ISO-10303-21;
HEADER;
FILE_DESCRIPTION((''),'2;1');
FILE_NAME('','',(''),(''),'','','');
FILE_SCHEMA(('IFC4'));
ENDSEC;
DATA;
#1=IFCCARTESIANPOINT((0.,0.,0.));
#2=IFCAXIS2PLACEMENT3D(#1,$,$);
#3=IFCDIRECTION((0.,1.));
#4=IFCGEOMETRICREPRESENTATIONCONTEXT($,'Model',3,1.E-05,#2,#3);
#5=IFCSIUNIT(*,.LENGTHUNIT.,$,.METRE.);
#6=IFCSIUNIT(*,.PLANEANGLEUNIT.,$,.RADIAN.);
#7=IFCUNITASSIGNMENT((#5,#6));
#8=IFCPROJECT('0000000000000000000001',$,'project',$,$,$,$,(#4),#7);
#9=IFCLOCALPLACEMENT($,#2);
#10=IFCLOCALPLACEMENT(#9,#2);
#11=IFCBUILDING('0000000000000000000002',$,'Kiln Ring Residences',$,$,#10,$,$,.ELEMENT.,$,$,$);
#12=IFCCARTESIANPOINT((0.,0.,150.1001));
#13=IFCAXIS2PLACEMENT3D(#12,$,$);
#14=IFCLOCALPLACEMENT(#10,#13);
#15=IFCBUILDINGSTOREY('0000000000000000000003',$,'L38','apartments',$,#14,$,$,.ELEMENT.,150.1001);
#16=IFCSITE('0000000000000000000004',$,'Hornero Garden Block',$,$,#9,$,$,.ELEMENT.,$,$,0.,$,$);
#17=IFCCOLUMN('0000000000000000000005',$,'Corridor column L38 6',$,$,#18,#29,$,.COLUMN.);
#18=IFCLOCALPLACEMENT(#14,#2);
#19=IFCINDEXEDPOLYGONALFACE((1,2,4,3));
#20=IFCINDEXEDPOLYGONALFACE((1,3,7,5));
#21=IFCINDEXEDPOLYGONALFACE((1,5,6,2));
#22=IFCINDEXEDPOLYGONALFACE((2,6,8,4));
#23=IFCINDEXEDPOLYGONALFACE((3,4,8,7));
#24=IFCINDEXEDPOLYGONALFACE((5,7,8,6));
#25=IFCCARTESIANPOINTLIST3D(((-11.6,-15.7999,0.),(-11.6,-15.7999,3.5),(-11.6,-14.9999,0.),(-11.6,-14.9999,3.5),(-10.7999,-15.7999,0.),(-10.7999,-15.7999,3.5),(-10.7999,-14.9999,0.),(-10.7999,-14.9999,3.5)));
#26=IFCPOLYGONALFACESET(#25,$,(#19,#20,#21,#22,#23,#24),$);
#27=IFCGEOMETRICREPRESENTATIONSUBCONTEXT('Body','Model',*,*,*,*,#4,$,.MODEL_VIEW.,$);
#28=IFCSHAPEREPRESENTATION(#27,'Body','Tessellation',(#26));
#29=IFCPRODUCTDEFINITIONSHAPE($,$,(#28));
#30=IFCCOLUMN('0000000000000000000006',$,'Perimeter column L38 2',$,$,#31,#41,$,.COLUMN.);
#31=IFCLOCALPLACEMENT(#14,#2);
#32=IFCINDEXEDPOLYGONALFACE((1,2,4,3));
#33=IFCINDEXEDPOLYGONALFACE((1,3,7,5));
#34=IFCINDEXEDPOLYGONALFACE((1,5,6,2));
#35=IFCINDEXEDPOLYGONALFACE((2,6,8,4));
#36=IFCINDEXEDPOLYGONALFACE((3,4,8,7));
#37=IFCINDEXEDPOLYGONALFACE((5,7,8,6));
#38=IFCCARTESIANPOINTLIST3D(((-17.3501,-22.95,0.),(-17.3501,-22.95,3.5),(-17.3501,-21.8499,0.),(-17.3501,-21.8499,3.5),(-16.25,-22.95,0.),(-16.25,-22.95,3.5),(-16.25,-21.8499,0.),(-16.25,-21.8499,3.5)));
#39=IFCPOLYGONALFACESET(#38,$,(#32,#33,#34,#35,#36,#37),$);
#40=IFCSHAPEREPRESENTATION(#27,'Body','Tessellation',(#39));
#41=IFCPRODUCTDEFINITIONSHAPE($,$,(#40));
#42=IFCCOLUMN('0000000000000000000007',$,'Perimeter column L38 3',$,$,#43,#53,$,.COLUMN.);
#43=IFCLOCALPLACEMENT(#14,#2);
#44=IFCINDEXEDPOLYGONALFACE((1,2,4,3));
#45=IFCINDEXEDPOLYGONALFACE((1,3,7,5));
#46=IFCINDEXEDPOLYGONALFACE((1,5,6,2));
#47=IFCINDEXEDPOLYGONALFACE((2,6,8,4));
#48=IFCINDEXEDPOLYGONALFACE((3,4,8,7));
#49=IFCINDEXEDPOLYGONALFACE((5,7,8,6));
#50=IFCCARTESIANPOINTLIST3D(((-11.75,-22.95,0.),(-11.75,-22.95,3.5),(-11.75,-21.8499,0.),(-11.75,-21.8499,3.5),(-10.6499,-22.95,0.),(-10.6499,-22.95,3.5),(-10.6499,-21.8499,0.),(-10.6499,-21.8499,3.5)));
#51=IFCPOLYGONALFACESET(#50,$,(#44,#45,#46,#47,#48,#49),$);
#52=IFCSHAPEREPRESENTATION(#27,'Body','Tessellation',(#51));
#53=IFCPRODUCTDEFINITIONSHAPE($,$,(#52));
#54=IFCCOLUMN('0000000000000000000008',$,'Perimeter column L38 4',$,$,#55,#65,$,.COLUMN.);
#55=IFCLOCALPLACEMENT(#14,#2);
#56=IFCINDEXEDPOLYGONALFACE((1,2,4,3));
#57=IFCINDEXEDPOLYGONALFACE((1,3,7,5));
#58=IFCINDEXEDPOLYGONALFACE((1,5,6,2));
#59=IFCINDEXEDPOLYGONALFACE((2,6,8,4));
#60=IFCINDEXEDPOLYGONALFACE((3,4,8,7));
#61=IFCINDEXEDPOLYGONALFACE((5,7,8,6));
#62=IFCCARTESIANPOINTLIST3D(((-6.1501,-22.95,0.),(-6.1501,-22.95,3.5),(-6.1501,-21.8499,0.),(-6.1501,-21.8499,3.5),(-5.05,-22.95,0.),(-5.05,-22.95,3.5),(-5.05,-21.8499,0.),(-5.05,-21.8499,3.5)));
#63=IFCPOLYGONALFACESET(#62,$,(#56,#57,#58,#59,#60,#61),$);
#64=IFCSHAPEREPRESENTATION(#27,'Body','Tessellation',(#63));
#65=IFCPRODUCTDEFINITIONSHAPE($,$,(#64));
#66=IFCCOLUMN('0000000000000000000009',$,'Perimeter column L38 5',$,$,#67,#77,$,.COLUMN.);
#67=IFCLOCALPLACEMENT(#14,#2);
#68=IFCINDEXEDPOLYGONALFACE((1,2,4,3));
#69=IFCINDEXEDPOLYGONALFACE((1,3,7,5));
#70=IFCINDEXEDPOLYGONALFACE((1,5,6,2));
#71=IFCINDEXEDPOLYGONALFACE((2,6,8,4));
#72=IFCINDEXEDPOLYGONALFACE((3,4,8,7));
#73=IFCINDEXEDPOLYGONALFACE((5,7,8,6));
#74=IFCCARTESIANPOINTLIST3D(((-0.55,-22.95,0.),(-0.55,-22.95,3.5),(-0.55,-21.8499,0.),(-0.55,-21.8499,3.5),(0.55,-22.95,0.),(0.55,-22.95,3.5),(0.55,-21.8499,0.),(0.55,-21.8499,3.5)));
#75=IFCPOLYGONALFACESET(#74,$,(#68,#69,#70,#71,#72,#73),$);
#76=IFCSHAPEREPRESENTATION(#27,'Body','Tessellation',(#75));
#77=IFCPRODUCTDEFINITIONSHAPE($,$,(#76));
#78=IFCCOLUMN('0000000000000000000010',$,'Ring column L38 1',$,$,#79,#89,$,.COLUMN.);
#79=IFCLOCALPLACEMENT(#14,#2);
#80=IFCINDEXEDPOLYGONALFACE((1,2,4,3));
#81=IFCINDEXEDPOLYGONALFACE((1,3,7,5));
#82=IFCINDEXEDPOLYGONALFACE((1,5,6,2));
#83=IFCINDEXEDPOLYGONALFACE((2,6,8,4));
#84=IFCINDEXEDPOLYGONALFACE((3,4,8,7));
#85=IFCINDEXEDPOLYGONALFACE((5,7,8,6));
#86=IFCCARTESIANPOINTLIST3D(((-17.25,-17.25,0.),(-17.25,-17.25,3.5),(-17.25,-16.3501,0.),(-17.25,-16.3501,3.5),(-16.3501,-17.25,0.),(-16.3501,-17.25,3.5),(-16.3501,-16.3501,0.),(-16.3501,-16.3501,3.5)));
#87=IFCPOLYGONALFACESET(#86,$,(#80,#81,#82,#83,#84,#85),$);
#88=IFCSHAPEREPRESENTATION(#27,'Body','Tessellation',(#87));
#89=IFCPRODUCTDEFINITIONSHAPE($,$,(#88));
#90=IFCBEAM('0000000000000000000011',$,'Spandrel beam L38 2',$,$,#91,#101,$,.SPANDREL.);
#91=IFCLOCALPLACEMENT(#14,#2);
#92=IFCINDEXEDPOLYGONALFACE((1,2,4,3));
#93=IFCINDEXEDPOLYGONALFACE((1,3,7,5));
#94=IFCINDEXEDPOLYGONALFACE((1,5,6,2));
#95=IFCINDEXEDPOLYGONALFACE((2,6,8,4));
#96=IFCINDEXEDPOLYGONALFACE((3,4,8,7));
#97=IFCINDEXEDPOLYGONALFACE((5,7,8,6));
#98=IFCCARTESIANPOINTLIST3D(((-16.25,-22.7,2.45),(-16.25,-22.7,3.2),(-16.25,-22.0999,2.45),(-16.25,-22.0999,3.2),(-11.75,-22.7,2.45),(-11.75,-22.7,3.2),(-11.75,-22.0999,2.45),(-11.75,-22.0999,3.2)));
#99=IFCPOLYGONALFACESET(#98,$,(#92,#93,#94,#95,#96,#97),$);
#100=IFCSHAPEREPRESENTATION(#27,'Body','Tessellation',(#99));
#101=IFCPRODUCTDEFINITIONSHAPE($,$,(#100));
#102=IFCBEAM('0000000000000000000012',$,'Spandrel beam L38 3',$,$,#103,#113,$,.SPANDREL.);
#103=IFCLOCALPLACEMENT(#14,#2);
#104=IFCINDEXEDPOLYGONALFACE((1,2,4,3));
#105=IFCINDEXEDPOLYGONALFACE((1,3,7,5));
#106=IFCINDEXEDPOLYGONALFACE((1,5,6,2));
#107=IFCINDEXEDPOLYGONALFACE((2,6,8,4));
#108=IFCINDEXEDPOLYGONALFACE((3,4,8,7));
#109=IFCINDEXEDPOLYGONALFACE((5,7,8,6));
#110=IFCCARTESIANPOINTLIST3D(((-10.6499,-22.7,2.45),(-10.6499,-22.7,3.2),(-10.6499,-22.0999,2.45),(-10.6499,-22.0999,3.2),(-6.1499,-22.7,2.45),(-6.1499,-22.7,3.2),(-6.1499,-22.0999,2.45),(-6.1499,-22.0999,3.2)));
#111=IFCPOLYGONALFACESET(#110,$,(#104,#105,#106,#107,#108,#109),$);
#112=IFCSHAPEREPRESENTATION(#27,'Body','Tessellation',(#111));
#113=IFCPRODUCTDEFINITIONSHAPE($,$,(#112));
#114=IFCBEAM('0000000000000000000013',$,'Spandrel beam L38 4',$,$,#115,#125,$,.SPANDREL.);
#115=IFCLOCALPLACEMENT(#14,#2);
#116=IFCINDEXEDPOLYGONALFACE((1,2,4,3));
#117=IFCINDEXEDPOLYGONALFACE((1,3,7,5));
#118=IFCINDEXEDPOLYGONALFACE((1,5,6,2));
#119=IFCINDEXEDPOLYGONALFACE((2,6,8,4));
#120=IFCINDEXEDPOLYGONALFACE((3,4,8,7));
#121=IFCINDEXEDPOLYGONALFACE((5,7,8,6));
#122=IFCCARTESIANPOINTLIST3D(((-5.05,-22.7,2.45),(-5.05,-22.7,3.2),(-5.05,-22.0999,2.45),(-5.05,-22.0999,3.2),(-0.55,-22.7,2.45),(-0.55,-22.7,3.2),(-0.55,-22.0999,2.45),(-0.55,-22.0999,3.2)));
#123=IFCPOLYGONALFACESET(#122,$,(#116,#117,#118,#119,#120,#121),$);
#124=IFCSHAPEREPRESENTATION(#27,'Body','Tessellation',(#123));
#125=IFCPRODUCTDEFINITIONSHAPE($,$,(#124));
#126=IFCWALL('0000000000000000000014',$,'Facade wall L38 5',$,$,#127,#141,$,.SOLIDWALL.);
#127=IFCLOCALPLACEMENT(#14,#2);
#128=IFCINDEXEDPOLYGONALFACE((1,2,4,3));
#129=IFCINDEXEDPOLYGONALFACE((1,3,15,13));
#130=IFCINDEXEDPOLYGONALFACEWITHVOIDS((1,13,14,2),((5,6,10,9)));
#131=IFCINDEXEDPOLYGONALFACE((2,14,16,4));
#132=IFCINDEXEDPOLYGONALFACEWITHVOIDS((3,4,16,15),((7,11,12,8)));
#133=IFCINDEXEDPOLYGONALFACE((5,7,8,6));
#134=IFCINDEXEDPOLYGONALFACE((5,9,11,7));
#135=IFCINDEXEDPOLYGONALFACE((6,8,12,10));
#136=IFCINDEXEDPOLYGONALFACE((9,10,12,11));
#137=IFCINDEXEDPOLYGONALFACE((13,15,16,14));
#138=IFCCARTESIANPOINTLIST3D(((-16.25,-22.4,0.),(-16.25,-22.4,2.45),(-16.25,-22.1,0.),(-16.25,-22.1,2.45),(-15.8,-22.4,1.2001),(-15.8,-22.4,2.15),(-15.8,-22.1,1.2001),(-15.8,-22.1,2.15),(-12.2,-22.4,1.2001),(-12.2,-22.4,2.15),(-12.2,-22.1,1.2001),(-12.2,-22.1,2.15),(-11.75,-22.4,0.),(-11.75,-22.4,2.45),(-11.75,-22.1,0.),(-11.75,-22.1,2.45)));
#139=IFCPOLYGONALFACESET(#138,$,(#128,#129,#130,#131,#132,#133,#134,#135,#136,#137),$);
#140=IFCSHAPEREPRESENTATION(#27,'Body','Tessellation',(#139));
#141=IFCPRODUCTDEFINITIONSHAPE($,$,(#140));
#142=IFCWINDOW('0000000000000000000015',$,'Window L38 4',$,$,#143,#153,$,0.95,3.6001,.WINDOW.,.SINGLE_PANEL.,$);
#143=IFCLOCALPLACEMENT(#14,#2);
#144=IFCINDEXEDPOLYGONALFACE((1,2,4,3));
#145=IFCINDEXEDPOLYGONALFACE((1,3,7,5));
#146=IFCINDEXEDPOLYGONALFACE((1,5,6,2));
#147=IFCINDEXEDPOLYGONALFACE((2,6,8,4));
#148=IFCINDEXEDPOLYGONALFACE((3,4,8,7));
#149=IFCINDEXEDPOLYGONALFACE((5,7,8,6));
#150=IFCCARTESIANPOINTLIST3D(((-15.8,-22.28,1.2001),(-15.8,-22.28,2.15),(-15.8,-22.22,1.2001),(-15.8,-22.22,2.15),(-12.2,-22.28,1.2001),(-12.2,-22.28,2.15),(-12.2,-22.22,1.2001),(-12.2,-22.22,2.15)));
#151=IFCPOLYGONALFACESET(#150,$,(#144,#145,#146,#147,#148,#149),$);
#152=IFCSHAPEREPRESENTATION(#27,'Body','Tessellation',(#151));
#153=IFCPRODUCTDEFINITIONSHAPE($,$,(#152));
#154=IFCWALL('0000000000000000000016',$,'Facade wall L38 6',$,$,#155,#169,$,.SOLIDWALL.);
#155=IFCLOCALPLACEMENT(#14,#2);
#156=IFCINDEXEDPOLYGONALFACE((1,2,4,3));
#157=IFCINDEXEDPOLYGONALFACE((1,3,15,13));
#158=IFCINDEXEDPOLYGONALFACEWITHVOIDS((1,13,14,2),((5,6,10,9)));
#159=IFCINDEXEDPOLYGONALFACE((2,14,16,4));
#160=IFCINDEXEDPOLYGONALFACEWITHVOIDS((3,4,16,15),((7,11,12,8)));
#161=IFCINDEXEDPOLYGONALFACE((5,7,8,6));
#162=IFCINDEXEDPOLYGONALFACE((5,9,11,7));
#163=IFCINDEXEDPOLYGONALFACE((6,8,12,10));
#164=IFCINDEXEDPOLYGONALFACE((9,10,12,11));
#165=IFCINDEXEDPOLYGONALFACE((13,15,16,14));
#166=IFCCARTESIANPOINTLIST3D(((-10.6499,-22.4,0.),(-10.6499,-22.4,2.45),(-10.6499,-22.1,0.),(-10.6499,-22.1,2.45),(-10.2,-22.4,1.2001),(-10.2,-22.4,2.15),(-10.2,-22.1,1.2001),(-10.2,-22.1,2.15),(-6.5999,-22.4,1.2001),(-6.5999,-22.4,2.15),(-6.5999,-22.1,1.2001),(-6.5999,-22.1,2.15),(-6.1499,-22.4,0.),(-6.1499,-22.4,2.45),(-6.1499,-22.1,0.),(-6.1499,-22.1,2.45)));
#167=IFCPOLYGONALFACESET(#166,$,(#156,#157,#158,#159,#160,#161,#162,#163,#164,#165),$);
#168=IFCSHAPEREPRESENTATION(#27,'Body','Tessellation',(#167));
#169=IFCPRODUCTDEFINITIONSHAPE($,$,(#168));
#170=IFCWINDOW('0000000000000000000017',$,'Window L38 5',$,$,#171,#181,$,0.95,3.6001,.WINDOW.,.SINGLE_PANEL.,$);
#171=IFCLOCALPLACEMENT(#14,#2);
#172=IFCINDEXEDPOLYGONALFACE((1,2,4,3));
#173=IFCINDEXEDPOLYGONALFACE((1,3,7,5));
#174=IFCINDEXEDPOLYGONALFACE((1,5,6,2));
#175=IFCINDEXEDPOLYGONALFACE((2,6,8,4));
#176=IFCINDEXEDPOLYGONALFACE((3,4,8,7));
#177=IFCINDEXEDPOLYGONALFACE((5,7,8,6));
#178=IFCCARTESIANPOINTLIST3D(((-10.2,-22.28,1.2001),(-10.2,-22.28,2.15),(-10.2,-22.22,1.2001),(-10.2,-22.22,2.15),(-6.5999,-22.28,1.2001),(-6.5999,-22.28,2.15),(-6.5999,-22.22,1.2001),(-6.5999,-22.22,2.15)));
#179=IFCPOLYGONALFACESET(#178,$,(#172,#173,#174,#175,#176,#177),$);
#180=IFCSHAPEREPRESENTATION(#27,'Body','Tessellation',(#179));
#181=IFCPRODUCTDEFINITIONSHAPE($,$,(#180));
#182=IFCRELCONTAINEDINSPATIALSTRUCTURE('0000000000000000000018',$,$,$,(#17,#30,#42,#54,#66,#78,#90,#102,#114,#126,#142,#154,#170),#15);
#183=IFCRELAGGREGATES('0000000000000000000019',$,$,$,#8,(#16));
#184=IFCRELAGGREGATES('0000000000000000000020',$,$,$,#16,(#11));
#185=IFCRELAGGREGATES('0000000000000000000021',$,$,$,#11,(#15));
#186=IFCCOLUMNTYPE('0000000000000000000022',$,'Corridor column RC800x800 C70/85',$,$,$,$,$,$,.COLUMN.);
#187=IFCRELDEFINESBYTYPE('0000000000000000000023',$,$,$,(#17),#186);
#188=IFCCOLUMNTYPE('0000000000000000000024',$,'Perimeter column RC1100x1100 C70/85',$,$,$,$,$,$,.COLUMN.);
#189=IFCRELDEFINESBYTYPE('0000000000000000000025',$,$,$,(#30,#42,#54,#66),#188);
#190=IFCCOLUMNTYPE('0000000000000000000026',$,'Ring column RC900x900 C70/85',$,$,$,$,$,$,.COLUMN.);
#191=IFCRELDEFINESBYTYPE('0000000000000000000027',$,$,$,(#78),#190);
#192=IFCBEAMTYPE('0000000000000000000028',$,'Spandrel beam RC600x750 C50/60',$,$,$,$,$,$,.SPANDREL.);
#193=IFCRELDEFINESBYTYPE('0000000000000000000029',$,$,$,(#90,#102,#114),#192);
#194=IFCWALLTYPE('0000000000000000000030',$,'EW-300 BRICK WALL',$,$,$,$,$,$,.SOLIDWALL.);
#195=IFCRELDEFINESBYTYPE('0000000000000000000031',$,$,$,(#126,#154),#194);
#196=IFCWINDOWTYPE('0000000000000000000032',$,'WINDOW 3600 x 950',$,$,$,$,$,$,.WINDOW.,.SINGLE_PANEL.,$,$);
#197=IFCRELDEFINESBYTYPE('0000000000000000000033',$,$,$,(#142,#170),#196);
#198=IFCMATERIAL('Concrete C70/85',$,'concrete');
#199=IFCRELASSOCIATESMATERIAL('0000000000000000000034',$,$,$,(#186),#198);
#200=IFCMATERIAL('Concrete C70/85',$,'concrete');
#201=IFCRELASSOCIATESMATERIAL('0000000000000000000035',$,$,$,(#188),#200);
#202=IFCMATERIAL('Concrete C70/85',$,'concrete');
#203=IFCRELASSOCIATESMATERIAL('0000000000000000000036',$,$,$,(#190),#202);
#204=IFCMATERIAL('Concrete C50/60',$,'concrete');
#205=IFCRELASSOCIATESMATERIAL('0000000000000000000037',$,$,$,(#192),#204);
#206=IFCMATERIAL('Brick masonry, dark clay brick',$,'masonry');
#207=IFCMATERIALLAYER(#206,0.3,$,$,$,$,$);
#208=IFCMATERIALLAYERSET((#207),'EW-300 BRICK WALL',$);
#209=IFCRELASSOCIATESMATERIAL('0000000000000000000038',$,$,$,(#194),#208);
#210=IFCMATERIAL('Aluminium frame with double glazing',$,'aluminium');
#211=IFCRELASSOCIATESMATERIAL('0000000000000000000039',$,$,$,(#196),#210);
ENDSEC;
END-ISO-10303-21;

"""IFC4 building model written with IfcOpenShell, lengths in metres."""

from ifc_helpers import new_model, si_unit, direction, frame, frame_2d, origin, origin_2d, place, context, subcontext, project, spatial, rectangle, extrude, material, layer, layer_set, material_profile, profile_set, type_object, element, fill, save


model = new_model("IFC4")

# Units and contexts
model_context = context("Model", 3, precision=1e-05, world=origin(), true_north=direction((0.0, 1.0)))
body_context = subcontext(model_context, "Body", "Model", "MODEL_VIEW")
ifc_project = project(units=[si_unit("LENGTHUNIT", "METRE"), si_unit("PLANEANGLEUNIT", "RADIAN")], contexts=[model_context])

# Site, building, storey
site_placement = place(None, origin())
site = spatial("IfcSite", under=ifc_project, at=site_placement, Name="Hornero Garden Block", CompositionType="ELEMENT", RefElevation=0.0)
building_placement = place(site_placement, origin())
building = spatial("IfcBuilding", under=site, at=building_placement, Name="Kiln Ring Residences", CompositionType="ELEMENT")
storey_placement = place(building_placement, frame((0.0, 0.0, 150.1001)))
storey = spatial("IfcBuildingStorey", under=building, at=storey_placement, Name="L38", Description="apartments", CompositionType="ELEMENT", Elevation=150.1001)

# Columns
ifc_material_1 = material(Name="Concrete C70/85", Category="concrete")
ifc_material_profile_1 = material_profile(ifc_material_1, rectangle(XDim=0.8, YDim=0.8, at=origin_2d()), Name="RC800x800")
ifc_profile_set_1 = profile_set([ifc_material_profile_1], Name="Concrete C70/85")
column_type_1 = type_object("IfcColumnType", Name="Corridor column RC800x800 C70/85", PredefinedType="COLUMN", material=ifc_profile_set_1)
column_1_placement = place(storey_placement, frame((-11.2, -15.3999, 0.0), z_axis=(0.0, 0.0, 1.0), x_axis=(1.0, 0.0, 0.0)))
element("IfcColumn", 1, at=column_1_placement, inside=storey, type_object=column_type_1, Name="Corridor column L38 6", PredefinedType="COLUMN", context=body_context, shape_type="SweptSolid", body=[
    extrude(rectangle(XDim=0.8, YDim=0.8, at=origin_2d()), origin(), (0.0, 0.0, 1.0), 3.5),
])
ifc_material_2 = material(Name="Concrete C70/85", Category="concrete")
ifc_material_profile_2 = material_profile(ifc_material_2, rectangle(XDim=1.1001, YDim=1.1001, at=origin_2d()), Name="RC1100x1100")
ifc_profile_set_2 = profile_set([ifc_material_profile_2], Name="Concrete C70/85")
column_type_2 = type_object("IfcColumnType", Name="Perimeter column RC1100x1100 C70/85", PredefinedType="COLUMN", material=ifc_profile_set_2)
for number, where, z_axis, x_axis, name in (
    (2, (-16.8, -22.3999, 0.0), (0.0, 0.0, 1.0), (1.0, 0.0, 0.0), "Perimeter column L38 2"),
    (3, (-11.2, -22.3999, 0.0), (0.0, 0.0, 1.0), (1.0, 0.0, 0.0), "Perimeter column L38 3"),
    (4, (-5.6001, -22.3999, 0.0), (0.0, 0.0, 1.0), (1.0, 0.0, 0.0), "Perimeter column L38 4"),
    (5, (0.0, -22.3999, 0.0), (0.0, 0.0, 1.0), (1.0, 0.0, 0.0), "Perimeter column L38 5"),
):
    element("IfcColumn", number, at=place(storey_placement, frame(where, z_axis=z_axis, x_axis=x_axis)), inside=storey, type_object=column_type_2, Name=name, PredefinedType="COLUMN", context=body_context, shape_type="SweptSolid", body=[
        extrude(rectangle(XDim=1.1001, YDim=1.1001, at=origin_2d()), origin(), (0.0, 0.0, 1.0), 3.5),
    ])
ifc_material_3 = material(Name="Concrete C70/85", Category="concrete")
ifc_material_profile_3 = material_profile(ifc_material_3, rectangle(XDim=0.8999, YDim=0.8999, at=origin_2d()), Name="RC900x900")
ifc_profile_set_3 = profile_set([ifc_material_profile_3], Name="Concrete C70/85")
column_type_3 = type_object("IfcColumnType", Name="Ring column RC900x900 C70/85", PredefinedType="COLUMN", material=ifc_profile_set_3)
column_2_placement = place(storey_placement, frame((-16.8, -16.8, 0.0), z_axis=(0.0, 0.0, 1.0), x_axis=(1.0, 0.0, 0.0)))
element("IfcColumn", 6, at=column_2_placement, inside=storey, type_object=column_type_3, Name="Ring column L38 1", PredefinedType="COLUMN", context=body_context, shape_type="SweptSolid", body=[
    extrude(rectangle(XDim=0.8999, YDim=0.8999, at=origin_2d()), origin(), (0.0, 0.0, 1.0), 3.5),
])

# Beams
ifc_material_4 = material(Name="Concrete C50/60", Category="concrete")
ifc_material_profile_4 = material_profile(ifc_material_4, rectangle(XDim=0.6001, YDim=0.75, at=origin_2d()), Name="RC600x750")
ifc_profile_set_4 = profile_set([ifc_material_profile_4], Name="Concrete C50/60")
beam_type = type_object("IfcBeamType", Name="Spandrel beam RC600x750 C50/60", PredefinedType="SPANDREL", material=ifc_profile_set_4)
for number, where, z_axis, x_axis, name in (
    (7, (-16.25, -22.3999, 2.825), (1.0, 0.0, 0.0), (0.0, 1.0, 0.0), "Spandrel beam L38 2"),
    (8, (-10.6499, -22.3999, 2.825), (1.0, 0.0, 0.0), (0.0, 1.0, 0.0), "Spandrel beam L38 3"),
    (9, (-5.05, -22.3999, 2.825), (1.0, 0.0, 0.0), (0.0, 1.0, 0.0), "Spandrel beam L38 4"),
):
    element("IfcBeam", number, at=place(storey_placement, frame(where, z_axis=z_axis, x_axis=x_axis)), inside=storey, type_object=beam_type, Name=name, PredefinedType="SPANDREL", context=body_context, shape_type="SweptSolid", body=[
        extrude(rectangle(XDim=0.6001, YDim=0.75, at=origin_2d()), origin(), (0.0, 0.0, 1.0), 4.5),
    ])

# Walls, openings, windows
ifc_material_5 = material(Name="Brick masonry, dark clay brick", Category="masonry")
ifc_layer_1 = layer(ifc_material_5, 0.3)
ifc_layer_set_1 = layer_set([ifc_layer_1], Name="EW-300 BRICK WALL")
wall_type_1 = type_object("IfcWallType", Name="EW-300 BRICK WALL", PredefinedType="SOLIDWALL", material=ifc_layer_set_1)
wall_1_placement = place(storey_placement, frame((-16.25, -22.25, 0.0), z_axis=(0.0, 0.0, 1.0), x_axis=(1.0, 0.0, 0.0)))
wall_1 = element("IfcWall", 10, at=wall_1_placement, inside=storey, type_object=wall_type_1, Name="Facade wall L38 5", PredefinedType="SOLIDWALL", context=body_context, shape_type="SweptSolid", body=[
    extrude(rectangle(XDim=4.5, YDim=0.3, at=frame_2d((2.25, 0.0))), origin(), (0.0, 0.0, 1.0), 2.45),
])
opening_1_placement = place(wall_1_placement, frame((0.45, 0.0, 1.2)))
opening_1 = element("IfcOpeningElement", 11, at=opening_1_placement, cuts=wall_1, PredefinedType="OPENING", context=body_context, shape_type="SweptSolid", body=[
    extrude(rectangle(XDim=3.6001, YDim=0.95, at=frame_2d((1.8, 0.4751))), frame((0.0, 0.1599, 0.0), z_axis=(0.0, -1.0, 0.0), x_axis=(1.0, 0.0, 0.0)), (0.0, 0.0, 1.0), 0.3201),
])
ifc_material_6 = material(Name="Aluminium frame with double glazing", Category="aluminium")
window_type = type_object("IfcWindowType", Name="WINDOW 3600 x 950", PartitioningType="SINGLE_PANEL", PredefinedType="WINDOW", material=ifc_material_6)
window_1_placement = place(opening_1_placement, origin())
window_1 = element("IfcWindow", 12, at=window_1_placement, inside=storey, type_object=window_type, Name="Window L38 4", OverallHeight=0.95, OverallWidth=3.6001, PartitioningType="SINGLE_PANEL", PredefinedType="WINDOW", context=body_context, shape_type="SweptSolid", body=[
    extrude(rectangle(XDim=3.6001, YDim=0.95, at=frame_2d((1.8, 0.4751))), frame((0.0, 0.03, 0.0), z_axis=(0.0, -1.0, 0.0), x_axis=(1.0, 0.0, 0.0)), (0.0, 0.0, 1.0), 0.0601),
])
fill(opening_1, window_1)
wall_2_placement = place(storey_placement, frame((-10.6499, -22.25, 0.0), z_axis=(0.0, 0.0, 1.0), x_axis=(1.0, 0.0, 0.0)))
wall_2 = element("IfcWall", 13, at=wall_2_placement, inside=storey, type_object=wall_type_1, Name="Facade wall L38 6", PredefinedType="SOLIDWALL", context=body_context, shape_type="SweptSolid", body=[
    extrude(rectangle(XDim=4.5, YDim=0.3, at=frame_2d((2.25, 0.0))), origin(), (0.0, 0.0, 1.0), 2.45),
])
opening_2_placement = place(wall_2_placement, frame((0.45, 0.0, 1.2)))
opening_2 = element("IfcOpeningElement", 14, at=opening_2_placement, cuts=wall_2, PredefinedType="OPENING", context=body_context, shape_type="SweptSolid", body=[
    extrude(rectangle(XDim=3.6001, YDim=0.95, at=frame_2d((1.8, 0.4751))), frame((0.0, 0.1599, 0.0), z_axis=(0.0, -1.0, 0.0), x_axis=(1.0, 0.0, 0.0)), (0.0, 0.0, 1.0), 0.3201),
])
window_2_placement = place(opening_2_placement, origin())
window_2 = element("IfcWindow", 15, at=window_2_placement, inside=storey, type_object=window_type, Name="Window L38 5", OverallHeight=0.95, OverallWidth=3.6001, PartitioningType="SINGLE_PANEL", PredefinedType="WINDOW", context=body_context, shape_type="SweptSolid", body=[
    extrude(rectangle(XDim=3.6001, YDim=0.95, at=frame_2d((1.8, 0.4751))), frame((0.0, 0.03, 0.0), z_axis=(0.0, -1.0, 0.0), x_axis=(1.0, 0.0, 0.0)), (0.0, 0.0, 1.0), 0.0601),
])
fill(opening_2, window_2)

save(model, "model.ifc")
